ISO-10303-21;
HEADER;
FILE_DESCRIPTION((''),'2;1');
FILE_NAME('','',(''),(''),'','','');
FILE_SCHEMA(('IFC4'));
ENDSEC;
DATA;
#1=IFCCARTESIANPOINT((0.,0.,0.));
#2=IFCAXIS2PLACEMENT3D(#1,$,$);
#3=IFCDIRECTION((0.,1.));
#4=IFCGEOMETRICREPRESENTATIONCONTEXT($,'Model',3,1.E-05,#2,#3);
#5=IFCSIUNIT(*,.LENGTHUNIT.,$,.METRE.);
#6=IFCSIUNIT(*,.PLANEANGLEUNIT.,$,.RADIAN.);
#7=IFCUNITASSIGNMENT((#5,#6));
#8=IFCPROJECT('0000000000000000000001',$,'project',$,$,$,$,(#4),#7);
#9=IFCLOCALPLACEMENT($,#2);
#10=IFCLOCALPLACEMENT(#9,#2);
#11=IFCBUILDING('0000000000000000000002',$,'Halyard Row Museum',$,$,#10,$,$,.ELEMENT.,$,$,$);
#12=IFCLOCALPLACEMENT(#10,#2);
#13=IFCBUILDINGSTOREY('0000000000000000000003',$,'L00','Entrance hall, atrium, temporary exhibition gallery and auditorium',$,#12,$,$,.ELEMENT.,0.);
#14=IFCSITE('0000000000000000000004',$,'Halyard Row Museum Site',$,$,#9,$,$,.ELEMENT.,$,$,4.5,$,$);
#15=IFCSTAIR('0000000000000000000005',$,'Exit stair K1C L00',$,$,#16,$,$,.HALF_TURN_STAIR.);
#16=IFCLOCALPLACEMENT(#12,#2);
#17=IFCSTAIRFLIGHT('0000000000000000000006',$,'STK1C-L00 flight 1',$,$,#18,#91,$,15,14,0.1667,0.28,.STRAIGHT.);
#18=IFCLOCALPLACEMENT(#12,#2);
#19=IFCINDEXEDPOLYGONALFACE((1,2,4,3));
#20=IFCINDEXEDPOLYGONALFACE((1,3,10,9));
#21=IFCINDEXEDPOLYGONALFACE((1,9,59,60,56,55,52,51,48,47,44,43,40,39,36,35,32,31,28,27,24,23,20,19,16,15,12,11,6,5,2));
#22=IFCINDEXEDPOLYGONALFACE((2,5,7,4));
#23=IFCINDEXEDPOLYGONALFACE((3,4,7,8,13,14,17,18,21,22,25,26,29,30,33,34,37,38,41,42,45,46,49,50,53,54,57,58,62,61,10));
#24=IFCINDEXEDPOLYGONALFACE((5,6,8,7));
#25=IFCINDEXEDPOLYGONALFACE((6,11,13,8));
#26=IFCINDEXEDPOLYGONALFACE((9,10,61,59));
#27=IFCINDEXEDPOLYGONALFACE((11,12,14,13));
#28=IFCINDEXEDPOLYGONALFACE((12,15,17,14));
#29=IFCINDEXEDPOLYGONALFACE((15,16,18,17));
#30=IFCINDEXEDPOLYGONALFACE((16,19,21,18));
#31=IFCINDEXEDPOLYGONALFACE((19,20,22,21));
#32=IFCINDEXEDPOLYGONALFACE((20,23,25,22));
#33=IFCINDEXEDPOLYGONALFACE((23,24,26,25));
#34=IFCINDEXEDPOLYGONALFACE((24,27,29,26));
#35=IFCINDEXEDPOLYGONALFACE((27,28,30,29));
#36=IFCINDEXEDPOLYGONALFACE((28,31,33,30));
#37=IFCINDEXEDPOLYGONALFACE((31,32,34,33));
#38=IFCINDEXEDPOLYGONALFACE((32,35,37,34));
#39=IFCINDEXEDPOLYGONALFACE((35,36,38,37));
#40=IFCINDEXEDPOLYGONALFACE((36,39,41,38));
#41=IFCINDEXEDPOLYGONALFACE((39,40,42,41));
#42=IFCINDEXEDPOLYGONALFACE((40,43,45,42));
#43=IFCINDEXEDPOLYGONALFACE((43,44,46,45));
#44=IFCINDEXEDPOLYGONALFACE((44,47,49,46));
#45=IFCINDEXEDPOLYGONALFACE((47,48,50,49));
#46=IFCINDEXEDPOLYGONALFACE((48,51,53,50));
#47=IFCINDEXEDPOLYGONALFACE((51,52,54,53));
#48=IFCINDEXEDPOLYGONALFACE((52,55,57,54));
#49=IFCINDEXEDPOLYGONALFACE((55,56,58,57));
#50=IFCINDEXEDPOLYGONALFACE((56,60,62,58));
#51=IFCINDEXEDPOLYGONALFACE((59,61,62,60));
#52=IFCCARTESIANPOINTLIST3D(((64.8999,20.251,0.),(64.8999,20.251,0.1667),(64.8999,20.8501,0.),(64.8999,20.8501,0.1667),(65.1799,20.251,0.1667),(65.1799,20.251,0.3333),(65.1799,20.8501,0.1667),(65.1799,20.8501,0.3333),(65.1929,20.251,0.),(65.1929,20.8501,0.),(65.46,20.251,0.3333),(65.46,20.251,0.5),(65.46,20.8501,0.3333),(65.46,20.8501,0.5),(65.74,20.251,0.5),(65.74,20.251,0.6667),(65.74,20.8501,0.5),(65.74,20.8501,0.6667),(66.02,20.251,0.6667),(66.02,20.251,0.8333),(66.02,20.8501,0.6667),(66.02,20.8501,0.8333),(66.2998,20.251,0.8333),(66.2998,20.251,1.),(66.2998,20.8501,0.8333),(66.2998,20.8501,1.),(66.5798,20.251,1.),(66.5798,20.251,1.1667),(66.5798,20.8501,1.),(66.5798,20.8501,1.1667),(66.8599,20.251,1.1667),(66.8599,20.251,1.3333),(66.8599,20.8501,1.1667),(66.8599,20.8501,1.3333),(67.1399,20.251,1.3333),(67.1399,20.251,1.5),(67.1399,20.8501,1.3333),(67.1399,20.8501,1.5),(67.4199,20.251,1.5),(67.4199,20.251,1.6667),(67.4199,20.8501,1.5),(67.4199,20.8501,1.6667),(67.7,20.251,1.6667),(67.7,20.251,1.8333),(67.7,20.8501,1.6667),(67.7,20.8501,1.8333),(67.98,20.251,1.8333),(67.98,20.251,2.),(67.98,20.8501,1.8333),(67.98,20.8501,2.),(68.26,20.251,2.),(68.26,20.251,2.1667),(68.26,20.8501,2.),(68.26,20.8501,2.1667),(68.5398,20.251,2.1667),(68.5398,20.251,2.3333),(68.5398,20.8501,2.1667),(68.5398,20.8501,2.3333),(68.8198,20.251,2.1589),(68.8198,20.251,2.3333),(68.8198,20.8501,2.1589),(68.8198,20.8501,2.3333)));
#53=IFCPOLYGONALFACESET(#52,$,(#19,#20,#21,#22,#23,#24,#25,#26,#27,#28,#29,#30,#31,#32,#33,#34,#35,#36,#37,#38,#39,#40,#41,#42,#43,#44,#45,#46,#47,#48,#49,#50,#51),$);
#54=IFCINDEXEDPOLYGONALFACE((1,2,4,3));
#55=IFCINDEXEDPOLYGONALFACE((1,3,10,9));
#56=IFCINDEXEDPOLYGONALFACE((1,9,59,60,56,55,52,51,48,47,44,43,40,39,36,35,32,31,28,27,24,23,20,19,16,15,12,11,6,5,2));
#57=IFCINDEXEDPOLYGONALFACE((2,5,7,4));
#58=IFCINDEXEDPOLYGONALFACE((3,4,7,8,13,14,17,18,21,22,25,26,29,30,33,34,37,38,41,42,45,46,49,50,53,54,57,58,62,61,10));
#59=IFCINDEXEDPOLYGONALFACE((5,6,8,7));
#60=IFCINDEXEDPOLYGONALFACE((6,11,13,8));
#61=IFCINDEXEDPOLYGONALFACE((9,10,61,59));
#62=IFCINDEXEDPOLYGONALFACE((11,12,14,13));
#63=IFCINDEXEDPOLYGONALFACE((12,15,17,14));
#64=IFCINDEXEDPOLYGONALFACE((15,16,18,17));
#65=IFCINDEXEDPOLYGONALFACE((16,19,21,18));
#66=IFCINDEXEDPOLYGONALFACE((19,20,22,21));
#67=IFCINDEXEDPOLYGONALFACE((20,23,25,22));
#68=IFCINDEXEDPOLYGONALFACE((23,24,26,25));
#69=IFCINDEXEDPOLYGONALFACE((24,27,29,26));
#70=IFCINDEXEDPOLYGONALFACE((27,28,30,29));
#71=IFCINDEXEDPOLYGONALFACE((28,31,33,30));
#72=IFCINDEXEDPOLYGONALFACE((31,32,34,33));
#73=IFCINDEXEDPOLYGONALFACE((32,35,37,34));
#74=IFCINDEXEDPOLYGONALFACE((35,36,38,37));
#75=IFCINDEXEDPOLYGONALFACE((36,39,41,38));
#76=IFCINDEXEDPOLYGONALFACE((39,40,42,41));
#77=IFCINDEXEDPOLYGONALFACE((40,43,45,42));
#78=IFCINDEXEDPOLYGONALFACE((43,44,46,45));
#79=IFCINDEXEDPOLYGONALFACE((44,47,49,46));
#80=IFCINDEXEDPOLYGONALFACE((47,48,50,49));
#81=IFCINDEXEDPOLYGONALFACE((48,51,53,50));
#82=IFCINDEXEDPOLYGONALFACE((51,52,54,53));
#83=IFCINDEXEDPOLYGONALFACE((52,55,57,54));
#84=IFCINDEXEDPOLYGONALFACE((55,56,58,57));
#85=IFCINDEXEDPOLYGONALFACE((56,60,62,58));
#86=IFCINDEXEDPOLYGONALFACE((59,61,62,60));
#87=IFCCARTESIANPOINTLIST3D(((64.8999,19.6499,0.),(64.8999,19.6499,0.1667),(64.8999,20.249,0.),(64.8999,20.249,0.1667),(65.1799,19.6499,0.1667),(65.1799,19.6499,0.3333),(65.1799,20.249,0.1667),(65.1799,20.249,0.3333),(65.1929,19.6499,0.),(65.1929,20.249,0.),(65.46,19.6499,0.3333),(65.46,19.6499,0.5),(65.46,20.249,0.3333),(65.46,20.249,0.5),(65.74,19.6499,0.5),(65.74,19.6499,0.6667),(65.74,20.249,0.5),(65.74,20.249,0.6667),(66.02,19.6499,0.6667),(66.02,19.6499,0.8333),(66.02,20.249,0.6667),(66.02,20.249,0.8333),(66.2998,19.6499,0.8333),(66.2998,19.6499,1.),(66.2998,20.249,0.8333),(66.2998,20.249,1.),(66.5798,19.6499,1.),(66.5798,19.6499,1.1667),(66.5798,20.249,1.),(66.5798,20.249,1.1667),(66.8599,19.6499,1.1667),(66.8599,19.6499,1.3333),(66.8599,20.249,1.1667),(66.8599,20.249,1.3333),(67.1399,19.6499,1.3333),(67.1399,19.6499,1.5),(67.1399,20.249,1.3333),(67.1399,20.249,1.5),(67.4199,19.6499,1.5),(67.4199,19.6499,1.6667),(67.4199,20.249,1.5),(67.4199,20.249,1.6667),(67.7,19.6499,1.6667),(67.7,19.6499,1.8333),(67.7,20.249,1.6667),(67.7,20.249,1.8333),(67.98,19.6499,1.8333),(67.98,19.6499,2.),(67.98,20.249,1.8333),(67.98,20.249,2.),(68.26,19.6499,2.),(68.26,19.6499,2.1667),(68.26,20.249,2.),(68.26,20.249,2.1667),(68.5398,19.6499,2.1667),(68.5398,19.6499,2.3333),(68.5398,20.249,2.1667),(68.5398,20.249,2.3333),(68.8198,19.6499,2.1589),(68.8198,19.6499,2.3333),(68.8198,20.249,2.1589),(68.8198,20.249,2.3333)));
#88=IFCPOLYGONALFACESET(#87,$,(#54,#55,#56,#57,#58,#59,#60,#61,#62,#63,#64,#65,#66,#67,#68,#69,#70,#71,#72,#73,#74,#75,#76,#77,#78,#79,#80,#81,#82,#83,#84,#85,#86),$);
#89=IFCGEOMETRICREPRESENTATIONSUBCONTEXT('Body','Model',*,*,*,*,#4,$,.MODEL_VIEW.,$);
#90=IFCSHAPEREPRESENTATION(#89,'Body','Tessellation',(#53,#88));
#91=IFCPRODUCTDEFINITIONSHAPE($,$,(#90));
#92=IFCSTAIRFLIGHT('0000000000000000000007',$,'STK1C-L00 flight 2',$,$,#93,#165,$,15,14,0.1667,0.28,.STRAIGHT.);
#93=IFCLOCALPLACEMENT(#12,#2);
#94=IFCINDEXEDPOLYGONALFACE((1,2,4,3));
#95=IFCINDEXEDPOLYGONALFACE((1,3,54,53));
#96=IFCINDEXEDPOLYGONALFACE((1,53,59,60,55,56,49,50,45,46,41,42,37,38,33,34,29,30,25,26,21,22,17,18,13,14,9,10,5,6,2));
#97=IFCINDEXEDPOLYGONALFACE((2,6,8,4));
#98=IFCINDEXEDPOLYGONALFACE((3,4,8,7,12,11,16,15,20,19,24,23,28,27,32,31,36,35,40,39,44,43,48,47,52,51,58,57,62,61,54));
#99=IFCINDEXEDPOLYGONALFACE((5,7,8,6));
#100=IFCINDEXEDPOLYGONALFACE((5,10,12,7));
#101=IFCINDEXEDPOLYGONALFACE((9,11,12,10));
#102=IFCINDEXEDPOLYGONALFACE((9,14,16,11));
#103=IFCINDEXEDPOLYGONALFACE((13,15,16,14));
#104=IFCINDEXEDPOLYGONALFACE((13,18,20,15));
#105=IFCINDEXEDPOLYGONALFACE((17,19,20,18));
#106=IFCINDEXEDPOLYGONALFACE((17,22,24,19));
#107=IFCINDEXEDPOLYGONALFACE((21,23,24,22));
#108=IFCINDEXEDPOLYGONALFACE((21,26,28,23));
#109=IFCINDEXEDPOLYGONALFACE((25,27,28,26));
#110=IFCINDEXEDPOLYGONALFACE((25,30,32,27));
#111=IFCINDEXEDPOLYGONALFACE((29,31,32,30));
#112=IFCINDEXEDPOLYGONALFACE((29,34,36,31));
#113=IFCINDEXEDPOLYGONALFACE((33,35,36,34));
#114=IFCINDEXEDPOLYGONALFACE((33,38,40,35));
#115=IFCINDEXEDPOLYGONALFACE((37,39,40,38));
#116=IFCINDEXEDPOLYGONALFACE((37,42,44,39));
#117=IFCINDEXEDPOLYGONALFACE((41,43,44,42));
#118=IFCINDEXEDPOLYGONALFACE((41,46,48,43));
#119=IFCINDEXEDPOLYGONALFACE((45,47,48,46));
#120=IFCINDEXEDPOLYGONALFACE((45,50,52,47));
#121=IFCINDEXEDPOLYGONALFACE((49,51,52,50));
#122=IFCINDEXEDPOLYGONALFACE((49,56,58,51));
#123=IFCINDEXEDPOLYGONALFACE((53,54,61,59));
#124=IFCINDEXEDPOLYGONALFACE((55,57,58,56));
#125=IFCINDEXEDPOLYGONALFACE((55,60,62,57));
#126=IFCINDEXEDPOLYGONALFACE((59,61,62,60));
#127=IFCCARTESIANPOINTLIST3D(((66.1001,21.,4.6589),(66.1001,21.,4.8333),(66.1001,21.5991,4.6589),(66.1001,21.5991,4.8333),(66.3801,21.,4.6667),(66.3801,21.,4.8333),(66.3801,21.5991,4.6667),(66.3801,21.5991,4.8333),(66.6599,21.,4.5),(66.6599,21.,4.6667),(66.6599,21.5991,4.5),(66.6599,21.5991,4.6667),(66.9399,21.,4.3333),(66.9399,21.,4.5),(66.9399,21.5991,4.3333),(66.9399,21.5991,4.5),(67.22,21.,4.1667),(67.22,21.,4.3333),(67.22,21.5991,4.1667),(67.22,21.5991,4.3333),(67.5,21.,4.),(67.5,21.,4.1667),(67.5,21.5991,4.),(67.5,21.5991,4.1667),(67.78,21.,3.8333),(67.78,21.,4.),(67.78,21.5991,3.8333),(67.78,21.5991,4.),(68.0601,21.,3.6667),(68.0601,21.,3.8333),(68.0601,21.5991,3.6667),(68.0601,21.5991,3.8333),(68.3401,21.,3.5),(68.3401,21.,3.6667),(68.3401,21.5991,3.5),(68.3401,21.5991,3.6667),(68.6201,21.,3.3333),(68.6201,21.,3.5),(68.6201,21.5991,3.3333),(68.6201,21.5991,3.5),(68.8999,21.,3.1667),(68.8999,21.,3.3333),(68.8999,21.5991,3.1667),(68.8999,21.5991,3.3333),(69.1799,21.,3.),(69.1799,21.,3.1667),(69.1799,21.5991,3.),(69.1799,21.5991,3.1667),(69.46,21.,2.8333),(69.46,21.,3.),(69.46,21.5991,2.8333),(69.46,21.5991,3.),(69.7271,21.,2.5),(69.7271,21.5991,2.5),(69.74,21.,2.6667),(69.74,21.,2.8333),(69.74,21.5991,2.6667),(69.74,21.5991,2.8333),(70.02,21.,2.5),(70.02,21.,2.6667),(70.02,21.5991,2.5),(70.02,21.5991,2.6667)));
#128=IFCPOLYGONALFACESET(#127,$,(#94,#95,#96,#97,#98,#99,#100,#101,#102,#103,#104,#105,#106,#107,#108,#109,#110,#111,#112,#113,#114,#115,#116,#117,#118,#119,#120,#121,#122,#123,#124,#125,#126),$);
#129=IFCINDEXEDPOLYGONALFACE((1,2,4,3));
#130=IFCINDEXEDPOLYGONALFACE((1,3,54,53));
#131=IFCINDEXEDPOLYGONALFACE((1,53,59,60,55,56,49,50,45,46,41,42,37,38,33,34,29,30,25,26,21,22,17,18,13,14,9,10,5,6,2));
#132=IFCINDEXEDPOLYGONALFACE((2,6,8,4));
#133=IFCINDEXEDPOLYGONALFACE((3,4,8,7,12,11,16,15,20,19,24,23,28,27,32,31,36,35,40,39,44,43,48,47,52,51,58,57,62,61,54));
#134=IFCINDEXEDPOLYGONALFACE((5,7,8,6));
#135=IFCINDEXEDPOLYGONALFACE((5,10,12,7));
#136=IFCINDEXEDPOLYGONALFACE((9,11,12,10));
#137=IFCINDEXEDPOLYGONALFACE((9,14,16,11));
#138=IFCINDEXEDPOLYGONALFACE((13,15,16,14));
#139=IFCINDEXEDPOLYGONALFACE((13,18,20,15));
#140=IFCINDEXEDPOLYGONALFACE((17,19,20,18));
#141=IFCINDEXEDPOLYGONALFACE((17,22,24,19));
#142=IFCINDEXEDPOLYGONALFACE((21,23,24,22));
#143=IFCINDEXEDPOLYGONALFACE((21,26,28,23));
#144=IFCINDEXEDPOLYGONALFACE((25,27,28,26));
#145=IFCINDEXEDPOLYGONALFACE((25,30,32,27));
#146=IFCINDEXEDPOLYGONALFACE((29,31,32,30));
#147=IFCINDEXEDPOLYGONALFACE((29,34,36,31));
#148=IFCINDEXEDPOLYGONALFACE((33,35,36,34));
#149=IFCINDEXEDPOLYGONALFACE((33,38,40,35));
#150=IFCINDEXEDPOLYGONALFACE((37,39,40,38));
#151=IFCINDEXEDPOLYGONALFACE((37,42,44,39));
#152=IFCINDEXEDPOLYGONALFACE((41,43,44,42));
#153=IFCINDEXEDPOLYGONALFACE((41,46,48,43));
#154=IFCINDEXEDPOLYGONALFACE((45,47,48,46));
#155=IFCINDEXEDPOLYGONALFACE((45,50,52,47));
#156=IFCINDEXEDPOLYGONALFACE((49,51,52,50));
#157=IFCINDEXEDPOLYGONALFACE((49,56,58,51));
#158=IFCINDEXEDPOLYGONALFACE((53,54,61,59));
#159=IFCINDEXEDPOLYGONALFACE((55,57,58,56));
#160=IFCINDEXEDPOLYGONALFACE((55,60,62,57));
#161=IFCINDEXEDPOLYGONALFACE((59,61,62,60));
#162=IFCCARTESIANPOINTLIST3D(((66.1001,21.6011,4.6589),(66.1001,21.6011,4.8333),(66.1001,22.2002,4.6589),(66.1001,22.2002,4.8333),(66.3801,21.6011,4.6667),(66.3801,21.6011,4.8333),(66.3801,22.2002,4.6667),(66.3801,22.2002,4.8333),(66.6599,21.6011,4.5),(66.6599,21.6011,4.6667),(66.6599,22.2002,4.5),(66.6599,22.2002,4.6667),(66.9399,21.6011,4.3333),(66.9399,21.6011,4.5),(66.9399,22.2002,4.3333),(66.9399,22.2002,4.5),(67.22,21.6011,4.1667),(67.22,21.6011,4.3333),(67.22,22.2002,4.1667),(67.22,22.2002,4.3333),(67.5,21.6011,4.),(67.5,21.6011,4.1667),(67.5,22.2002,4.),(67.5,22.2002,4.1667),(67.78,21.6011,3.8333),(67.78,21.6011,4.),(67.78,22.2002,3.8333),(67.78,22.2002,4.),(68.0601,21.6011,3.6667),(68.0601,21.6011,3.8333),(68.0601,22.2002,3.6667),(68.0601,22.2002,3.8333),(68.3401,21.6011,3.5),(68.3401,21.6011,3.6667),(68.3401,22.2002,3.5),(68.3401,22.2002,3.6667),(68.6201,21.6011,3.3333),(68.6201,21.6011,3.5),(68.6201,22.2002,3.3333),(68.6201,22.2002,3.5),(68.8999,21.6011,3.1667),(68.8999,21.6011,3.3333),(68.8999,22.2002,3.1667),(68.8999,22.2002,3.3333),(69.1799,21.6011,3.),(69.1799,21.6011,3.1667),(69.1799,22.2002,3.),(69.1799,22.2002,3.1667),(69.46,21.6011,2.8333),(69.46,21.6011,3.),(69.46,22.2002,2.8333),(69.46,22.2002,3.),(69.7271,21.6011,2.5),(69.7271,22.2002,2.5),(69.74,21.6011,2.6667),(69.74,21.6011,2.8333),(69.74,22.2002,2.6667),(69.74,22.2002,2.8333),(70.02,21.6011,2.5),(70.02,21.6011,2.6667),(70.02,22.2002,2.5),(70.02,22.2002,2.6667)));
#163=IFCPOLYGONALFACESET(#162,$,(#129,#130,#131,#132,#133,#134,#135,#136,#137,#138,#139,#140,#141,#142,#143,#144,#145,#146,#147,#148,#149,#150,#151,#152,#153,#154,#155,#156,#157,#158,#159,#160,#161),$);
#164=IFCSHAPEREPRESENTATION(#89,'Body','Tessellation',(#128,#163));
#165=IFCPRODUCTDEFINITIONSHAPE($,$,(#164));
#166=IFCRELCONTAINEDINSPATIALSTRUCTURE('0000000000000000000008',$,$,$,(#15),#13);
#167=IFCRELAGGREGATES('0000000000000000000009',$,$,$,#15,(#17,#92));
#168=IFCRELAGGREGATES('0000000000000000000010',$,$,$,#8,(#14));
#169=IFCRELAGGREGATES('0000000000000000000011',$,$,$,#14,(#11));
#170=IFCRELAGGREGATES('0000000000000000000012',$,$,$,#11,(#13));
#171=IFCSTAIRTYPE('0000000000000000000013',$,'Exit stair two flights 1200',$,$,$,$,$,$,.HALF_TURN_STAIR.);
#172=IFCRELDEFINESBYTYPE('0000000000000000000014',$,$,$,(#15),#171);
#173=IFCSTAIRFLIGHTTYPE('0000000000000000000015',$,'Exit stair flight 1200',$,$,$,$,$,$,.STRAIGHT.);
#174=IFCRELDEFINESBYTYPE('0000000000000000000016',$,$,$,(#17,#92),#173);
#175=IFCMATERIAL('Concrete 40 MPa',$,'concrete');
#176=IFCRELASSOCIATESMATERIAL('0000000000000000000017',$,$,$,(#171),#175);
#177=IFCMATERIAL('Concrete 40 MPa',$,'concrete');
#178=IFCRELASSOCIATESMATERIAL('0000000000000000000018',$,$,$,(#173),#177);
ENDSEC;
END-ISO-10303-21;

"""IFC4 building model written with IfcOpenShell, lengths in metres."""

from ifc_helpers import new_model, si_unit, direction, frame, origin, place, context, subcontext, project, spatial, polyline, outline, extrude, material, type_object, element, aggregate, save


model = new_model("IFC4")

# Units and contexts
model_context = context("Model", 3, precision=1e-05, world=origin(), true_north=direction((0.0, 1.0)))
body_context = subcontext(model_context, "Body", "Model", "MODEL_VIEW")
ifc_project = project(units=[si_unit("LENGTHUNIT", "METRE"), si_unit("PLANEANGLEUNIT", "RADIAN")], contexts=[model_context])

# Site, building, storey
site_placement = place(None, origin())
site = spatial("IfcSite", under=ifc_project, at=site_placement, Name="Halyard Row Museum Site", CompositionType="ELEMENT", RefElevation=4.5)
building_placement = place(site_placement, origin())
building = spatial("IfcBuilding", under=site, at=building_placement, Name="Halyard Row Museum", CompositionType="ELEMENT")
storey_placement = place(building_placement, origin())
storey = spatial("IfcBuildingStorey", under=building, at=storey_placement, Name="L00", Description="Entrance hall, atrium, temporary exhibition gallery and auditorium", CompositionType="ELEMENT", Elevation=0.0)

# Stair, stair flights
ifc_material_1 = material(Name="Concrete 40 MPa", Category="concrete")
stair_type = type_object("IfcStairType", Name="Exit stair two flights 1200", PredefinedType="HALF_TURN_STAIR", material=ifc_material_1)
stair_placement = place(storey_placement, origin())
stair = element("IfcStair", 1, at=stair_placement, inside=storey, type_object=stair_type, Name="Exit stair K1C L00", PredefinedType="HALF_TURN_STAIR")
ifc_material_2 = material(Name="Concrete 40 MPa", Category="concrete")
stair_flight_type = type_object("IfcStairFlightType", Name="Exit stair flight 1200", PredefinedType="STRAIGHT", material=ifc_material_2)
stair_flight_1_placement = place(storey_placement, frame((64.8999, 20.25, 0.0), z_axis=(0.0, 0.0, 1.0), x_axis=(1.0, 0.0, 0.0)))
stair_flight_1 = element("IfcStairFlight", 2, at=stair_flight_1_placement, type_object=stair_flight_type, Name="STK1C-L00 flight 1", NumberOfRisers=15, NumberOfTreads=14, PredefinedType="STRAIGHT", RiserHeight=0.1667, TreadLength=0.28, context=body_context, shape_type="SweptSolid", body=[
    extrude(outline(polyline([(0.0, 0.0), (0.0, 0.1667), (0.28, 0.1667), (0.28, 0.3333), (0.5601, 0.3333), (0.5601, 0.5), (0.8401, 0.5), (0.8401, 0.6667), (1.1201, 0.6667), (1.1201, 0.8333), (1.3999, 0.8333), (1.3999, 1.0), (1.6799, 1.0), (1.6799, 1.1667), (1.96, 1.1667), (1.96, 1.3333), (2.24, 1.3333), (2.24, 1.5), (2.52, 1.5), (2.52, 1.6667), (2.8, 1.6667), (2.8, 1.8333), (3.0801, 1.8333), (3.0801, 2.0), (3.3601, 2.0), (3.3601, 2.1667), (3.6399, 2.1667), (3.6399, 2.3333), (3.9199, 2.3333), (3.9199, 2.5), (3.9199, 2.1589), (0.293, 0.0), (0.0, 0.0)])), frame((0.0, 0.6001, 0.0), z_axis=(0.0, -1.0, 0.0), x_axis=(1.0, 0.0, 0.0)), (0.0, 0.0, 1.0), 0.5991),
    extrude(outline(polyline([(0.0, 0.0), (0.0, 0.1667), (0.28, 0.1667), (0.28, 0.3333), (0.5601, 0.3333), (0.5601, 0.5), (0.8401, 0.5), (0.8401, 0.6667), (1.1201, 0.6667), (1.1201, 0.8333), (1.3999, 0.8333), (1.3999, 1.0), (1.6799, 1.0), (1.6799, 1.1667), (1.96, 1.1667), (1.96, 1.3333), (2.24, 1.3333), (2.24, 1.5), (2.52, 1.5), (2.52, 1.6667), (2.8, 1.6667), (2.8, 1.8333), (3.0801, 1.8333), (3.0801, 2.0), (3.3601, 2.0), (3.3601, 2.1667), (3.6399, 2.1667), (3.6399, 2.3333), (3.9199, 2.3333), (3.9199, 2.5), (3.9199, 2.1589), (0.293, 0.0), (0.0, 0.0)])), frame((0.0, -0.001, 0.0), z_axis=(0.0, -1.0, 0.0), x_axis=(1.0, 0.0, 0.0)), (0.0, 0.0, 1.0), 0.5991),
])
stair_flight_2_placement = place(storey_placement, frame((70.02, 21.6001, 2.5), z_axis=(0.0, 0.0, 1.0), x_axis=(-1.0, 0.0, 0.0)))
stair_flight_2 = element("IfcStairFlight", 3, at=stair_flight_2_placement, type_object=stair_flight_type, Name="STK1C-L00 flight 2", NumberOfRisers=15, NumberOfTreads=14, PredefinedType="STRAIGHT", RiserHeight=0.1667, TreadLength=0.28, context=body_context, shape_type="SweptSolid", body=[
    extrude(outline(polyline([(0.0, 0.0), (0.0, 0.1667), (0.28, 0.1667), (0.28, 0.3333), (0.5601, 0.3333), (0.5601, 0.5), (0.8401, 0.5), (0.8401, 0.6667), (1.1201, 0.6667), (1.1201, 0.8333), (1.3999, 0.8333), (1.3999, 1.0), (1.6799, 1.0), (1.6799, 1.1667), (1.96, 1.1667), (1.96, 1.3333), (2.24, 1.3333), (2.24, 1.5), (2.52, 1.5), (2.52, 1.6667), (2.8, 1.6667), (2.8, 1.8333), (3.0801, 1.8333), (3.0801, 2.0), (3.3601, 2.0), (3.3601, 2.1667), (3.6399, 2.1667), (3.6399, 2.3333), (3.9199, 2.3333), (3.9199, 2.5), (3.9199, 2.1589), (0.293, 0.0), (0.0, 0.0)])), frame((0.0, 0.6001, 0.0), z_axis=(0.0, -1.0, 0.0), x_axis=(1.0, 0.0, 0.0)), (0.0, 0.0, 1.0), 0.5991),
    extrude(outline(polyline([(0.0, 0.0), (0.0, 0.1667), (0.28, 0.1667), (0.28, 0.3333), (0.5601, 0.3333), (0.5601, 0.5), (0.8401, 0.5), (0.8401, 0.6667), (1.1201, 0.6667), (1.1201, 0.8333), (1.3999, 0.8333), (1.3999, 1.0), (1.6799, 1.0), (1.6799, 1.1667), (1.96, 1.1667), (1.96, 1.3333), (2.24, 1.3333), (2.24, 1.5), (2.52, 1.5), (2.52, 1.6667), (2.8, 1.6667), (2.8, 1.8333), (3.0801, 1.8333), (3.0801, 2.0), (3.3601, 2.0), (3.3601, 2.1667), (3.6399, 2.1667), (3.6399, 2.3333), (3.9199, 2.3333), (3.9199, 2.5), (3.9199, 2.1589), (0.293, 0.0), (0.0, 0.0)])), frame((0.0, -0.001, 0.0), z_axis=(0.0, -1.0, 0.0), x_axis=(1.0, 0.0, 0.0)), (0.0, 0.0, 1.0), 0.5991),
])
aggregate(stair, [stair_flight_1, stair_flight_2])

save(model, "model.ifc")
